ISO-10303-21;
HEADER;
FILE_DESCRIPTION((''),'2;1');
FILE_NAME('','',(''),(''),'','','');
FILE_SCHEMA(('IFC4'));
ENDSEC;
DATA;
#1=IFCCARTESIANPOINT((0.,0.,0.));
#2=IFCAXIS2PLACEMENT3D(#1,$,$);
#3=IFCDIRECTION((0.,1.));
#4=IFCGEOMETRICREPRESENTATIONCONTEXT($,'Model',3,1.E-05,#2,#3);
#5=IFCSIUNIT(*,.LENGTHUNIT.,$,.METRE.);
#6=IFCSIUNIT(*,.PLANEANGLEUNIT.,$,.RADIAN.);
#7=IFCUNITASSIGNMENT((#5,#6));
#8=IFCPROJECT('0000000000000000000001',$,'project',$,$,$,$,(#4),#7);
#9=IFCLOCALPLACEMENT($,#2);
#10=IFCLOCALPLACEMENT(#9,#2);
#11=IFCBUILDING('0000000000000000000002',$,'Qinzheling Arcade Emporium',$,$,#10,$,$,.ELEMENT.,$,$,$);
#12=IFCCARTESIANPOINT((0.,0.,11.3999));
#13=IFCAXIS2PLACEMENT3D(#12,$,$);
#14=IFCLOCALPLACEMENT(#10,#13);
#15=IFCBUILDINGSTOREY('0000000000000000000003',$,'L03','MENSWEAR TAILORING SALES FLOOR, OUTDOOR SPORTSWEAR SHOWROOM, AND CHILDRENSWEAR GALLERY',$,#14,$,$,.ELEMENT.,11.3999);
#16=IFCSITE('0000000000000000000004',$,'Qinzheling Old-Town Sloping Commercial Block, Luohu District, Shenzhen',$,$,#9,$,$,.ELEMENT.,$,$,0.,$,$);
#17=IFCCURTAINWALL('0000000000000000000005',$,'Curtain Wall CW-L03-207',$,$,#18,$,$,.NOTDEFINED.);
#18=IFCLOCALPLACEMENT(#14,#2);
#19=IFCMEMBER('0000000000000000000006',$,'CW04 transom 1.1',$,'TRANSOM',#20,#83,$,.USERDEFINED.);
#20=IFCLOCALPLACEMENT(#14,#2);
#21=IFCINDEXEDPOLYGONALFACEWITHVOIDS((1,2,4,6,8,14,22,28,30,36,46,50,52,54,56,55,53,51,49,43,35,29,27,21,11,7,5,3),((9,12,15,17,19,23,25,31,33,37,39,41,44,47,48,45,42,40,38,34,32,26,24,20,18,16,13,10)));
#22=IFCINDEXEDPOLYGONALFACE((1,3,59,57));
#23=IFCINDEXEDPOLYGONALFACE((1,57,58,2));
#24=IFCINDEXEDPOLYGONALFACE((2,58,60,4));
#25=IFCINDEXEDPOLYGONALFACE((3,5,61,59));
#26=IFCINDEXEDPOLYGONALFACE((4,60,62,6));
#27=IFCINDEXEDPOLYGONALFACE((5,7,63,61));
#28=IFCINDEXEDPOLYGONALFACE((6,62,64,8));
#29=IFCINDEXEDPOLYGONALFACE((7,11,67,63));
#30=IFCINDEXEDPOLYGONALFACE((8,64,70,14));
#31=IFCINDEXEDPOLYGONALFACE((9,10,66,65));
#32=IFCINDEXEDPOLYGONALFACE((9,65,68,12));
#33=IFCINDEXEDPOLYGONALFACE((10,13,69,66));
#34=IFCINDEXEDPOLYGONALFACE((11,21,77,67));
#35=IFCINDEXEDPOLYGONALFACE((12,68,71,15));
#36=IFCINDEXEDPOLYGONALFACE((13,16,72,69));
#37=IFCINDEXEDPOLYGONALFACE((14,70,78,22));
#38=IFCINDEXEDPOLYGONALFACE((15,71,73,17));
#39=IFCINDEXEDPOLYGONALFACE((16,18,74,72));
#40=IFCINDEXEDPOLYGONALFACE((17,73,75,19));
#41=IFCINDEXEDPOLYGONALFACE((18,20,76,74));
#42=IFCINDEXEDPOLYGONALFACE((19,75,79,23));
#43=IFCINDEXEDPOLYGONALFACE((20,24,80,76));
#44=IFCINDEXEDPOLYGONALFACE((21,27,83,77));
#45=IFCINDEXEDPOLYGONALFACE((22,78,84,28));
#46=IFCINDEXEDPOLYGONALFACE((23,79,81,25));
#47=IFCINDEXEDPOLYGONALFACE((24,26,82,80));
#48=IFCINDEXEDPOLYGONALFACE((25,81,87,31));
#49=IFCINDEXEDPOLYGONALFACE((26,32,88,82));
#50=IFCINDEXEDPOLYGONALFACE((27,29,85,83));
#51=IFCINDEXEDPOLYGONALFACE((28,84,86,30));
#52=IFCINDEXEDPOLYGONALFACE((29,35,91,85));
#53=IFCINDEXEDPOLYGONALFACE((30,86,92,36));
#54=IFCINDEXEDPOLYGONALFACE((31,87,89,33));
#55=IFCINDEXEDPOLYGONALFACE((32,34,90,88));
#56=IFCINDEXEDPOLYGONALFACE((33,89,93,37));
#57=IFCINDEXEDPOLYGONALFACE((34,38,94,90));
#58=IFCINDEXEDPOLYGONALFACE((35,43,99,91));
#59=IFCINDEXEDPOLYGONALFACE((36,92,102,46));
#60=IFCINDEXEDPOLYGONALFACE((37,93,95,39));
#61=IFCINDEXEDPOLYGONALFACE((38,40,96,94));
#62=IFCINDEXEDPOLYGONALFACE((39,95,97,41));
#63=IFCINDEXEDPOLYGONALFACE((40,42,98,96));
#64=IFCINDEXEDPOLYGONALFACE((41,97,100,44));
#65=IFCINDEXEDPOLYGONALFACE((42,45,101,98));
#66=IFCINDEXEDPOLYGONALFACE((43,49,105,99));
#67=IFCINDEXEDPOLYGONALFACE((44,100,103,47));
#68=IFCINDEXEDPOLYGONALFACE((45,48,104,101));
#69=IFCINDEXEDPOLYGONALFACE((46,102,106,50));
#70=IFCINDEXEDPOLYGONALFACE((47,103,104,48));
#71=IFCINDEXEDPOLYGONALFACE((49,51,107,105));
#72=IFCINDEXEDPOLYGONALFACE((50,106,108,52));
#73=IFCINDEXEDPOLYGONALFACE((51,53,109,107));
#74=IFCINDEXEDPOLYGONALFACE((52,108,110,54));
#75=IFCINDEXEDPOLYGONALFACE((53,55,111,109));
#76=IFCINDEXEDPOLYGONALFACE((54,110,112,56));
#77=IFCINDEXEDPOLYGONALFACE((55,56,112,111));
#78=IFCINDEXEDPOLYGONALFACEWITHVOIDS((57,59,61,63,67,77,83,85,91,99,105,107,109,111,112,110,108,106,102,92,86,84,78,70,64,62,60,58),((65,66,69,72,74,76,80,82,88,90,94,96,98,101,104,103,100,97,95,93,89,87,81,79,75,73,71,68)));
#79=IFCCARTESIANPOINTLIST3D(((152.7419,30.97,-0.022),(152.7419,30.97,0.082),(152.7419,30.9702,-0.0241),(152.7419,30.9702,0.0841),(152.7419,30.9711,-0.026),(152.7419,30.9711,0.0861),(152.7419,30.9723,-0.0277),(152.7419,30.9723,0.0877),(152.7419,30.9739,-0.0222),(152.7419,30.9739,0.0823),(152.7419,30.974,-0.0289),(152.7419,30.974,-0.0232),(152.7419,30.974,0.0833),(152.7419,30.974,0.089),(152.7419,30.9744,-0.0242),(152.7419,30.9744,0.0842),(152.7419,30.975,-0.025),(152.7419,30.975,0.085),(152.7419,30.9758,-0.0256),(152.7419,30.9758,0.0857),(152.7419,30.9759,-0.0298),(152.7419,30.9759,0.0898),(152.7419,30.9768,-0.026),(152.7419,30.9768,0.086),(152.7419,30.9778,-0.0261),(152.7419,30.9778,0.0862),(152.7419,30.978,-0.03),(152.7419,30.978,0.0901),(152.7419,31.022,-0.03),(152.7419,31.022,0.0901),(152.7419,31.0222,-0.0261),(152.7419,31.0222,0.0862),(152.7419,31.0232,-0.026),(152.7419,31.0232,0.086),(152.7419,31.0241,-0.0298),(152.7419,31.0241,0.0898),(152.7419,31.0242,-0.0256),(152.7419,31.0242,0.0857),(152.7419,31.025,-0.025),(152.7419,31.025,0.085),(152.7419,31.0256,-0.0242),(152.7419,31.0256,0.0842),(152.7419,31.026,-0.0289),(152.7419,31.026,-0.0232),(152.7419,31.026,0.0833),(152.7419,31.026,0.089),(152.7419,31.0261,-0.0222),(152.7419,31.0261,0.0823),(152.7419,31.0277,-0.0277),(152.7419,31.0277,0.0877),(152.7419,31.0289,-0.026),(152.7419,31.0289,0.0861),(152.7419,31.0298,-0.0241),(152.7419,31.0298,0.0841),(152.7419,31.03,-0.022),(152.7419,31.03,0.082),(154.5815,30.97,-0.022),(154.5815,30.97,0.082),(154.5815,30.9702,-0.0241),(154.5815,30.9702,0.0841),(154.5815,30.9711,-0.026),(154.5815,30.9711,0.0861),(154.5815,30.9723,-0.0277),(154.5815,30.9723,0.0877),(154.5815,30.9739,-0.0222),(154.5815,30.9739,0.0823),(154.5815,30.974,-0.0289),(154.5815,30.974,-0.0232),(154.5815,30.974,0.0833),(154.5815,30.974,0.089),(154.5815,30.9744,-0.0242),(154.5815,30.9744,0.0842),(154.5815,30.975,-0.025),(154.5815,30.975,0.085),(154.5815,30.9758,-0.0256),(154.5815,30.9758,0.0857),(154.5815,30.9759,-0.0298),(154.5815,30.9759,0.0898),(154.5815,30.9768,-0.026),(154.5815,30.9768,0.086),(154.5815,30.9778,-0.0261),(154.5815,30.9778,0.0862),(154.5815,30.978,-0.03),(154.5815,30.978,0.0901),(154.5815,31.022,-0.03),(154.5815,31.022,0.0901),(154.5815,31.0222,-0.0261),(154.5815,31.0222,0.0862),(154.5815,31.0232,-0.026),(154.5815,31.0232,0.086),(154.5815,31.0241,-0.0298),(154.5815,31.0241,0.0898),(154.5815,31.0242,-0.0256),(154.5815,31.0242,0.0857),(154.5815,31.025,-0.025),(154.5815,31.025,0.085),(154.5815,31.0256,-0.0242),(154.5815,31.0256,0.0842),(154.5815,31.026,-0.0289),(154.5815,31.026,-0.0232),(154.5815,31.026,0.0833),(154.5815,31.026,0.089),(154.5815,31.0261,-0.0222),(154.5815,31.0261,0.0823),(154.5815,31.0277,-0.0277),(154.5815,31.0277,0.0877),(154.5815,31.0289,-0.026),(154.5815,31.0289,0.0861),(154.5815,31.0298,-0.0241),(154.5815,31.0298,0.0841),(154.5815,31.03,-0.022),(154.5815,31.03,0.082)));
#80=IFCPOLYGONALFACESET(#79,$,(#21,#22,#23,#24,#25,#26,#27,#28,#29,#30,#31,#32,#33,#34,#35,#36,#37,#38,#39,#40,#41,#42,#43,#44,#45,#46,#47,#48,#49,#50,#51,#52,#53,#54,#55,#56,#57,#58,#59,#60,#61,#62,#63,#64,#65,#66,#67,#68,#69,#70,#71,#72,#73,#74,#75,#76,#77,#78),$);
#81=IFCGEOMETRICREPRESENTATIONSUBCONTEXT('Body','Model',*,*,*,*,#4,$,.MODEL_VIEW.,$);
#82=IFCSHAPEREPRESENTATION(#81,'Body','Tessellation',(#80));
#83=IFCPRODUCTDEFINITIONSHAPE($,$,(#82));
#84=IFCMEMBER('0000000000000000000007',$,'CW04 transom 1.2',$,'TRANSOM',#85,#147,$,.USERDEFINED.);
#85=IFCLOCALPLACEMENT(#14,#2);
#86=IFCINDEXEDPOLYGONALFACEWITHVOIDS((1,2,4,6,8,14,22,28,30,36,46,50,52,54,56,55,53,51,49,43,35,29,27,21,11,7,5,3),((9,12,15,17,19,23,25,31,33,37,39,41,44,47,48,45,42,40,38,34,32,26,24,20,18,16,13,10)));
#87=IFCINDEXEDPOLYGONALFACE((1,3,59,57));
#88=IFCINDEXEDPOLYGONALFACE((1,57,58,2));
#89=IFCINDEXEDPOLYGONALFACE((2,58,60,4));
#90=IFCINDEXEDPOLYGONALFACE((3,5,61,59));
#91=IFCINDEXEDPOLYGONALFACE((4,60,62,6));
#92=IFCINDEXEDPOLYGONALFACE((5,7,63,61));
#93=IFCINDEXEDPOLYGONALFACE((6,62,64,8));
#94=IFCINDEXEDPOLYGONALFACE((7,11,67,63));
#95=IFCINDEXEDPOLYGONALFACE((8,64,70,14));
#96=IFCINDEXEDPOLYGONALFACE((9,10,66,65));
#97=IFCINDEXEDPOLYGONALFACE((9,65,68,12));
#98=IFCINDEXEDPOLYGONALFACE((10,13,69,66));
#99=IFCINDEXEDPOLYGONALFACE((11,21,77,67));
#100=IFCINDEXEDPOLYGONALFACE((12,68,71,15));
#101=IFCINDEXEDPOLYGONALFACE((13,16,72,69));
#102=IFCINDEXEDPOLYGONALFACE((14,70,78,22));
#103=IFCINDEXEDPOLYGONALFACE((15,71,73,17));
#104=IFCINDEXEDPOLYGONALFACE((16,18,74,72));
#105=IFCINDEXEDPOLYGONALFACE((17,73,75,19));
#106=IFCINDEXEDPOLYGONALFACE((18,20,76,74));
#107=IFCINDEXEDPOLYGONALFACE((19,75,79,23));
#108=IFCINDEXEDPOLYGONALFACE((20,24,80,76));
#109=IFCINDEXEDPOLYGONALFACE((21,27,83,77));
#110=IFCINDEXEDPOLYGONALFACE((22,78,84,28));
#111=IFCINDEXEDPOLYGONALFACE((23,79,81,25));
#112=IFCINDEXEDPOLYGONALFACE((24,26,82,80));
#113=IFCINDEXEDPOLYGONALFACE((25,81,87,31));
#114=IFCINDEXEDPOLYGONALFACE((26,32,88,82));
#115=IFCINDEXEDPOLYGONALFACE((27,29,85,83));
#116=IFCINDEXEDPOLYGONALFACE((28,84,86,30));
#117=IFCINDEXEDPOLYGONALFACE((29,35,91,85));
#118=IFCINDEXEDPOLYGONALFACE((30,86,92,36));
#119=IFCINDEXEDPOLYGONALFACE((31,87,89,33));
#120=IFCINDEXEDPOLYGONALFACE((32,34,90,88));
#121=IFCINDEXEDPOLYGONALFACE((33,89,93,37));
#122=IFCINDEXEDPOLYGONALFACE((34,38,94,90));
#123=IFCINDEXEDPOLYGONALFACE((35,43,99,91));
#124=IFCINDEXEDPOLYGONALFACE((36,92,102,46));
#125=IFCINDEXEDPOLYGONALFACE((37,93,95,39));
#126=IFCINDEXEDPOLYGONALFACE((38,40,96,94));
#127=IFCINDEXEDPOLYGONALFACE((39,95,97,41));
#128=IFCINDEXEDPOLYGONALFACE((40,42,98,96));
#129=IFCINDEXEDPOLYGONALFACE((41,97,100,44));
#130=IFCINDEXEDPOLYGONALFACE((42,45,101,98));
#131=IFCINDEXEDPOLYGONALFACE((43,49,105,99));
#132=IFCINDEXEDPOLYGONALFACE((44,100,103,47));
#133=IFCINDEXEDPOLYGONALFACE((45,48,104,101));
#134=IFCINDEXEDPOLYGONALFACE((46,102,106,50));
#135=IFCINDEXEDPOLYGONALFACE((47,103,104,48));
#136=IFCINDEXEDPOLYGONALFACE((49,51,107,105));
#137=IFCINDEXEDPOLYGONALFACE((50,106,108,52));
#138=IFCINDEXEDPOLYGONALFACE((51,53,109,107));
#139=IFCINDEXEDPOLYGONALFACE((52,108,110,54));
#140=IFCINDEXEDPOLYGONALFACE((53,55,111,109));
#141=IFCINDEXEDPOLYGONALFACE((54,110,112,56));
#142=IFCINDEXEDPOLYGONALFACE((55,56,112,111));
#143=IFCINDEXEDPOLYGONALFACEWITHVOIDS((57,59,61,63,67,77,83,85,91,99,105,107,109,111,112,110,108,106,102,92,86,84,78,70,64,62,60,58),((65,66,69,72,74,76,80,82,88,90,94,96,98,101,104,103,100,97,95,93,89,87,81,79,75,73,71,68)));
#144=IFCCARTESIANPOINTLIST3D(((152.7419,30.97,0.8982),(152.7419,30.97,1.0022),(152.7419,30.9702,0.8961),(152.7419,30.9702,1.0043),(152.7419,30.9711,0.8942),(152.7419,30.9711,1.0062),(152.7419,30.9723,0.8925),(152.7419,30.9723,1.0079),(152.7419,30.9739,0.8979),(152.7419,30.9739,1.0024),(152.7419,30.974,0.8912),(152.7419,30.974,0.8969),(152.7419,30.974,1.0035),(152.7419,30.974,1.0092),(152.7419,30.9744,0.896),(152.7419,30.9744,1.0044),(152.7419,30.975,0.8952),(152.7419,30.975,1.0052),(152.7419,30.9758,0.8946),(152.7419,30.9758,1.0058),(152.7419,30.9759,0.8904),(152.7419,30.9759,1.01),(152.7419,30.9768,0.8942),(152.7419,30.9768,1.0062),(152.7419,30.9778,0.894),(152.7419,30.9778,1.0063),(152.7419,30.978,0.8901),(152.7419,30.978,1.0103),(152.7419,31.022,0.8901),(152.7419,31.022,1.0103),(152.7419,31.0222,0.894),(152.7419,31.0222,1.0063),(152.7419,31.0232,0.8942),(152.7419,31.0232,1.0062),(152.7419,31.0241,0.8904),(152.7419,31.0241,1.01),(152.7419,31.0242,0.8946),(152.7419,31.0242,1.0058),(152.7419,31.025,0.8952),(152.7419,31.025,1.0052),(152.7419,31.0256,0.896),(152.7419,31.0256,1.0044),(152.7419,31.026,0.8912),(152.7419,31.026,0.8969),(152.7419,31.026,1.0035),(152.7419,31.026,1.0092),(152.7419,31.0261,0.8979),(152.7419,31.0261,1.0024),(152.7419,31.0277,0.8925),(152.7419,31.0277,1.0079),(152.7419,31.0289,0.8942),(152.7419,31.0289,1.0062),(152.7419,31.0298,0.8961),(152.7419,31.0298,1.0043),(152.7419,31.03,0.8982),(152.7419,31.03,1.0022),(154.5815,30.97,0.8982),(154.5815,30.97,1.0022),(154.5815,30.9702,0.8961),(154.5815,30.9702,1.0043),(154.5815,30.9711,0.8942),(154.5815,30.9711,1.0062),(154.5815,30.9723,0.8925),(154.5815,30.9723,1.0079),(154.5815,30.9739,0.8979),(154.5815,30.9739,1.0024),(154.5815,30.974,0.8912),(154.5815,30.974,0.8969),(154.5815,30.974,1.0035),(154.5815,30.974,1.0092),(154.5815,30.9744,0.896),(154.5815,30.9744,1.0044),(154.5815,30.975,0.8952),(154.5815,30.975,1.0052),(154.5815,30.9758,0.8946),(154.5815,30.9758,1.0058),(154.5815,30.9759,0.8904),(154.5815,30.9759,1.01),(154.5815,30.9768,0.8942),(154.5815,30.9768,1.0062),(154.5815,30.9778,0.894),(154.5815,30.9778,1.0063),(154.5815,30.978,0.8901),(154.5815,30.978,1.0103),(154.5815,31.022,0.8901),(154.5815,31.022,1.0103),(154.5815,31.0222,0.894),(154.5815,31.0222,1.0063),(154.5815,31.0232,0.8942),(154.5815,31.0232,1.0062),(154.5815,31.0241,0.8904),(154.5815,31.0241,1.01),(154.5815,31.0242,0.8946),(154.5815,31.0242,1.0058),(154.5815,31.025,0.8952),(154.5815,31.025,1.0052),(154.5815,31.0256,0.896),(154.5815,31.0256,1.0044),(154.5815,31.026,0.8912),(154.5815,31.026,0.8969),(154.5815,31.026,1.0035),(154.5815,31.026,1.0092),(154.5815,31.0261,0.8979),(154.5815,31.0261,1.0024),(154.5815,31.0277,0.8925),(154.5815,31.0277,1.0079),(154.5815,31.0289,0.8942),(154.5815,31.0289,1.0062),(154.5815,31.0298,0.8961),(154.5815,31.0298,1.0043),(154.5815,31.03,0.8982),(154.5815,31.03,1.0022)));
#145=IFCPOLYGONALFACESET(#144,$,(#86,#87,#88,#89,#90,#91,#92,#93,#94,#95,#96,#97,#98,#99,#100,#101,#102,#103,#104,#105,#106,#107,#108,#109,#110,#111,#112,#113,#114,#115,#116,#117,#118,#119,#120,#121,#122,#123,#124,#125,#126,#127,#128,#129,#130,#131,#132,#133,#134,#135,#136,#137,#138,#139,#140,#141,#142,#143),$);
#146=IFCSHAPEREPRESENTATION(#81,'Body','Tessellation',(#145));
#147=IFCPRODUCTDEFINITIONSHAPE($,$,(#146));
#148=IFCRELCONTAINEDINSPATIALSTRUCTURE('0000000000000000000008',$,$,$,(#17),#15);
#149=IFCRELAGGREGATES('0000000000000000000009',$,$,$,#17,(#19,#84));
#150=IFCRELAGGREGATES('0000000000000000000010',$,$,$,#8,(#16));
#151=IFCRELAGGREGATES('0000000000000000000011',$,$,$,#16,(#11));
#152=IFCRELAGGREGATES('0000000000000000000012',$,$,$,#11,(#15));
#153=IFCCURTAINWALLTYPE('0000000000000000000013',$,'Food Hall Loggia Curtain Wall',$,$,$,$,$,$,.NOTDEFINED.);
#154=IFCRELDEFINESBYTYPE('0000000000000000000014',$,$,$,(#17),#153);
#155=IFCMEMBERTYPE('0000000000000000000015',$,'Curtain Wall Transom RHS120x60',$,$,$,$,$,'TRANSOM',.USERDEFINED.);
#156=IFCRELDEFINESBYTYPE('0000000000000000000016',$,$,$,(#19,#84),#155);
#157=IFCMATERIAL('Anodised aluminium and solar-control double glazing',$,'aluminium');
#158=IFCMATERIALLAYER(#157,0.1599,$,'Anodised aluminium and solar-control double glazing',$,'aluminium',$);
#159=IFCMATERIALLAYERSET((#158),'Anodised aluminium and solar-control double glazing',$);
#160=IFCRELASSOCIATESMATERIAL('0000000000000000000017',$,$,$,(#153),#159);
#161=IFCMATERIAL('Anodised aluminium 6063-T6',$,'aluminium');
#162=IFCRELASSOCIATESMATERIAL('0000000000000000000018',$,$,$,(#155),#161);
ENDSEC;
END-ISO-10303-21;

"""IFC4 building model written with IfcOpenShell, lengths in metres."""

from ifc_helpers import new_model, si_unit, direction, frame, origin, origin_2d, place, context, subcontext, project, spatial, hollow_rectangle, extrude, material, layer, layer_set, material_profile, profile_set, type_object, element, aggregate, save


model = new_model("IFC4")

# Units and contexts
model_context = context("Model", 3, precision=1e-05, world=origin(), true_north=direction((0.0, 1.0)))
body_context = subcontext(model_context, "Body", "Model", "MODEL_VIEW")
ifc_project = project(units=[si_unit("LENGTHUNIT", "METRE"), si_unit("PLANEANGLEUNIT", "RADIAN")], contexts=[model_context])

# Site, building, storey
site_placement = place(None, origin())
site = spatial("IfcSite", under=ifc_project, at=site_placement, Name="Qinzheling Old-Town Sloping Commercial Block, Luohu District, Shenzhen", CompositionType="ELEMENT", RefElevation=0.0)
building_placement = place(site_placement, origin())
building = spatial("IfcBuilding", under=site, at=building_placement, Name="Qinzheling Arcade Emporium", CompositionType="ELEMENT")
storey_placement = place(building_placement, frame((0.0, 0.0, 11.3999)))
storey = spatial("IfcBuildingStorey", under=building, at=storey_placement, Name="L03", Description="MENSWEAR TAILORING SALES FLOOR, OUTDOOR SPORTSWEAR SHOWROOM, AND CHILDRENSWEAR GALLERY", CompositionType="ELEMENT", Elevation=11.3999)

# Curtain wall, members
ifc_material_1 = material(Name="Anodised aluminium and solar-control double glazing", Category="aluminium")
ifc_layer_1 = layer(ifc_material_1, 0.1599, Name="Anodised aluminium and solar-control double glazing", Category="aluminium")
ifc_layer_set_1 = layer_set([ifc_layer_1], Name="Anodised aluminium and solar-control double glazing")
curtain_wall_type = type_object("IfcCurtainWallType", Name="Food Hall Loggia Curtain Wall", PredefinedType="NOTDEFINED", material=ifc_layer_set_1)
curtain_wall_placement = place(storey_placement, origin())
curtain_wall = element("IfcCurtainWall", 1, at=curtain_wall_placement, inside=storey, type_object=curtain_wall_type, Name="Curtain Wall CW-L03-207", PredefinedType="NOTDEFINED")
ifc_material_2 = material(Name="Anodised aluminium 6063-T6", Category="aluminium")
ifc_material_profile_1 = material_profile(ifc_material_2, hollow_rectangle(XDim=0.0601, YDim=0.1201, WallThickness=0.0039, InnerFilletRadius=0.0039, OuterFilletRadius=0.0081, at=origin_2d()), Name="RHS 120x60x4", Category="aluminium")
ifc_profile_set_1 = profile_set([ifc_material_profile_1], Name="Anodised aluminium 6063-T6")
member_type_1 = type_object("IfcMemberType", Name="Curtain Wall Transom RHS120x60", ElementType="TRANSOM", PredefinedType="USERDEFINED", material=ifc_profile_set_1)
member_1_placement = place(storey_placement, frame((152.7419, 31.0, 0.03), z_axis=(1.0, 0.0, 0.0), x_axis=(0.0, 1.0, 0.0)))
member_1 = element("IfcMember", 2, at=member_1_placement, type_object=member_type_1, Name="CW04 transom 1.1", ObjectType="TRANSOM", PredefinedType="USERDEFINED", context=body_context, shape_type="SweptSolid", body=[
    extrude(hollow_rectangle(XDim=0.0601, YDim=0.1201, WallThickness=0.0039, InnerFilletRadius=0.0039, OuterFilletRadius=0.0081, at=origin_2d()), origin(), (0.0, 0.0, 1.0), 1.8396),
])
member_2_placement = place(storey_placement, frame((152.7419, 31.0, 0.9502), z_axis=(1.0, 0.0, 0.0), x_axis=(0.0, 1.0, 0.0)))
member_2 = element("IfcMember", 3, at=member_2_placement, type_object=member_type_1, Name="CW04 transom 1.2", ObjectType="TRANSOM", PredefinedType="USERDEFINED", context=body_context, shape_type="SweptSolid", body=[
    extrude(hollow_rectangle(XDim=0.0601, YDim=0.1201, WallThickness=0.0039, InnerFilletRadius=0.0039, OuterFilletRadius=0.0081, at=origin_2d()), origin(), (0.0, 0.0, 1.0), 1.8396),
])
aggregate(curtain_wall, [member_1, member_2])

save(model, "model.ifc")
